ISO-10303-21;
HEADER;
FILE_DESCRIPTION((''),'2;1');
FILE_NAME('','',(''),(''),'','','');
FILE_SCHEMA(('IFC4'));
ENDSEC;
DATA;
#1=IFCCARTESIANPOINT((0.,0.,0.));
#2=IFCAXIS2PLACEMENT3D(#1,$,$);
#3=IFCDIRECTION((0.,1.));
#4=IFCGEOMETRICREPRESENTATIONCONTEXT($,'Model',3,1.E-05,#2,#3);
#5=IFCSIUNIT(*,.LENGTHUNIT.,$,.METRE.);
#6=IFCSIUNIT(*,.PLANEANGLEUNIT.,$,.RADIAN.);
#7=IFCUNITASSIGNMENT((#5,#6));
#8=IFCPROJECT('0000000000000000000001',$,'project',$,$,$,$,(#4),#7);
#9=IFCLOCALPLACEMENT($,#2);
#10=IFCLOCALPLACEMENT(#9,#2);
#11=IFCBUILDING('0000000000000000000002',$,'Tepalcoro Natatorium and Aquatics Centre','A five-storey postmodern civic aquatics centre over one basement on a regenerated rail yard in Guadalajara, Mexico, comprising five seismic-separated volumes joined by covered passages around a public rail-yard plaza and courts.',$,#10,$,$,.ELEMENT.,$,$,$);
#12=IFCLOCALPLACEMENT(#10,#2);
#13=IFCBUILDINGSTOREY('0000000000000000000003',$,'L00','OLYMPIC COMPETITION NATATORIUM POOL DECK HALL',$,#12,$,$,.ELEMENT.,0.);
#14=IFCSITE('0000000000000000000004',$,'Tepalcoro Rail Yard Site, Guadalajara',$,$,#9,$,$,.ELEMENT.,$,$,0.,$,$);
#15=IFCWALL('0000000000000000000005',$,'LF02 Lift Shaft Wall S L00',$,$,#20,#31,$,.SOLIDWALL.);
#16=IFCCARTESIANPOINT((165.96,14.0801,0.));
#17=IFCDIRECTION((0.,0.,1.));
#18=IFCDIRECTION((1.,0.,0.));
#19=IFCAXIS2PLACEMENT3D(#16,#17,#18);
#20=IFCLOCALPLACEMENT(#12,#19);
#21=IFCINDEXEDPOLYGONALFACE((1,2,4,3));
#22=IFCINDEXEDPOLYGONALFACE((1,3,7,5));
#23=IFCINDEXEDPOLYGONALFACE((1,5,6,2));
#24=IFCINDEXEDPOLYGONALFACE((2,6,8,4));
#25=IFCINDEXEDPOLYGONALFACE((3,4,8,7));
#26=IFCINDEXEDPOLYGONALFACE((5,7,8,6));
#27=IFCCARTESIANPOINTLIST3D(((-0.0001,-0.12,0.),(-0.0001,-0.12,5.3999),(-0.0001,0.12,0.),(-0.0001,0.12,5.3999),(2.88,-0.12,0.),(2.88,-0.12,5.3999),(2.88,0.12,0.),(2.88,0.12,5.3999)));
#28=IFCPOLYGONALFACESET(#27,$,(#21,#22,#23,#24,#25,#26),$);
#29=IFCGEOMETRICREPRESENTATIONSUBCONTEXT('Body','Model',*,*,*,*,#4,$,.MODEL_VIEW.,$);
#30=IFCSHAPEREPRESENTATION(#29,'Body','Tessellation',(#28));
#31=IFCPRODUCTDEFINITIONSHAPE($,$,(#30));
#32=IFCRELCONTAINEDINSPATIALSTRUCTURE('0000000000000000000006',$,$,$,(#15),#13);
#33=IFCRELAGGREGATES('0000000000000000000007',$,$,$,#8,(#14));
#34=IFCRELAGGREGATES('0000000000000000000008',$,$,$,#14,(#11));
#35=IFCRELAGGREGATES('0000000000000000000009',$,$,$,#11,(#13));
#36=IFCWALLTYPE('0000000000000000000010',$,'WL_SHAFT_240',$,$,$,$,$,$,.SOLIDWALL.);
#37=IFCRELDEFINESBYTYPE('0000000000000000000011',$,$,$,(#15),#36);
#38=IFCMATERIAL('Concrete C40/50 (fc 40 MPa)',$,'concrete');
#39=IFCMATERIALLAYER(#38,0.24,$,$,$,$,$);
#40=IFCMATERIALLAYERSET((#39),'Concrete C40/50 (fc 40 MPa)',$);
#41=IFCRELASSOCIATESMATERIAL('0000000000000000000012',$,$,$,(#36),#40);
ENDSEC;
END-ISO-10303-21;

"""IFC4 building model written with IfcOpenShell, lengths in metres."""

from ifc_helpers import new_model, si_unit, direction, frame, frame_2d, origin, place, context, subcontext, project, spatial, rectangle, extrude, material, layer, layer_set, type_object, element, save


model = new_model("IFC4")

# Units and contexts
model_context = context("Model", 3, precision=1e-05, world=origin(), true_north=direction((0.0, 1.0)))
body_context = subcontext(model_context, "Body", "Model", "MODEL_VIEW")
ifc_project = project(units=[si_unit("LENGTHUNIT", "METRE"), si_unit("PLANEANGLEUNIT", "RADIAN")], contexts=[model_context])

# Site, building, storey
site_placement = place(None, origin())
site = spatial("IfcSite", under=ifc_project, at=site_placement, Name="Tepalcoro Rail Yard Site, Guadalajara", CompositionType="ELEMENT", RefElevation=0.0)
building_placement = place(site_placement, origin())
building = spatial("IfcBuilding", under=site, at=building_placement, Name="Tepalcoro Natatorium and Aquatics Centre", Description="A five-storey postmodern civic aquatics centre over one basement on a regenerated rail yard in Guadalajara, Mexico, comprising five seismic-separated volumes joined by covered passages around a public rail-yard plaza and courts.", CompositionType="ELEMENT")
storey_placement = place(building_placement, origin())
storey = spatial("IfcBuildingStorey", under=building, at=storey_placement, Name="L00", Description="OLYMPIC COMPETITION NATATORIUM POOL DECK HALL", CompositionType="ELEMENT", Elevation=0.0)

# Shared definitions
ifc_material_1 = material(Name="Concrete C40/50 (fc 40 MPa)", Category="concrete")

# Wall
ifc_layer_1 = layer(ifc_material_1, 0.24)
ifc_layer_set_1 = layer_set([ifc_layer_1], Name="Concrete C40/50 (fc 40 MPa)")
wall_type_1 = type_object("IfcWallType", Name="WL_SHAFT_240", PredefinedType="SOLIDWALL", material=ifc_layer_set_1)
wall_1_placement = place(storey_placement, frame((165.96, 14.0801, 0.0), z_axis=(0.0, 0.0, 1.0), x_axis=(1.0, 0.0, 0.0)))
element("IfcWall", 1, at=wall_1_placement, inside=storey, type_object=wall_type_1, Name="LF02 Lift Shaft Wall S L00", PredefinedType="SOLIDWALL", context=body_context, shape_type="SweptSolid", body=[
    extrude(rectangle(XDim=2.8801, YDim=0.24, at=frame_2d((1.4399, 0.0))), origin(), (0.0, 0.0, 1.0), 5.3999),
])

save(model, "model.ifc")
